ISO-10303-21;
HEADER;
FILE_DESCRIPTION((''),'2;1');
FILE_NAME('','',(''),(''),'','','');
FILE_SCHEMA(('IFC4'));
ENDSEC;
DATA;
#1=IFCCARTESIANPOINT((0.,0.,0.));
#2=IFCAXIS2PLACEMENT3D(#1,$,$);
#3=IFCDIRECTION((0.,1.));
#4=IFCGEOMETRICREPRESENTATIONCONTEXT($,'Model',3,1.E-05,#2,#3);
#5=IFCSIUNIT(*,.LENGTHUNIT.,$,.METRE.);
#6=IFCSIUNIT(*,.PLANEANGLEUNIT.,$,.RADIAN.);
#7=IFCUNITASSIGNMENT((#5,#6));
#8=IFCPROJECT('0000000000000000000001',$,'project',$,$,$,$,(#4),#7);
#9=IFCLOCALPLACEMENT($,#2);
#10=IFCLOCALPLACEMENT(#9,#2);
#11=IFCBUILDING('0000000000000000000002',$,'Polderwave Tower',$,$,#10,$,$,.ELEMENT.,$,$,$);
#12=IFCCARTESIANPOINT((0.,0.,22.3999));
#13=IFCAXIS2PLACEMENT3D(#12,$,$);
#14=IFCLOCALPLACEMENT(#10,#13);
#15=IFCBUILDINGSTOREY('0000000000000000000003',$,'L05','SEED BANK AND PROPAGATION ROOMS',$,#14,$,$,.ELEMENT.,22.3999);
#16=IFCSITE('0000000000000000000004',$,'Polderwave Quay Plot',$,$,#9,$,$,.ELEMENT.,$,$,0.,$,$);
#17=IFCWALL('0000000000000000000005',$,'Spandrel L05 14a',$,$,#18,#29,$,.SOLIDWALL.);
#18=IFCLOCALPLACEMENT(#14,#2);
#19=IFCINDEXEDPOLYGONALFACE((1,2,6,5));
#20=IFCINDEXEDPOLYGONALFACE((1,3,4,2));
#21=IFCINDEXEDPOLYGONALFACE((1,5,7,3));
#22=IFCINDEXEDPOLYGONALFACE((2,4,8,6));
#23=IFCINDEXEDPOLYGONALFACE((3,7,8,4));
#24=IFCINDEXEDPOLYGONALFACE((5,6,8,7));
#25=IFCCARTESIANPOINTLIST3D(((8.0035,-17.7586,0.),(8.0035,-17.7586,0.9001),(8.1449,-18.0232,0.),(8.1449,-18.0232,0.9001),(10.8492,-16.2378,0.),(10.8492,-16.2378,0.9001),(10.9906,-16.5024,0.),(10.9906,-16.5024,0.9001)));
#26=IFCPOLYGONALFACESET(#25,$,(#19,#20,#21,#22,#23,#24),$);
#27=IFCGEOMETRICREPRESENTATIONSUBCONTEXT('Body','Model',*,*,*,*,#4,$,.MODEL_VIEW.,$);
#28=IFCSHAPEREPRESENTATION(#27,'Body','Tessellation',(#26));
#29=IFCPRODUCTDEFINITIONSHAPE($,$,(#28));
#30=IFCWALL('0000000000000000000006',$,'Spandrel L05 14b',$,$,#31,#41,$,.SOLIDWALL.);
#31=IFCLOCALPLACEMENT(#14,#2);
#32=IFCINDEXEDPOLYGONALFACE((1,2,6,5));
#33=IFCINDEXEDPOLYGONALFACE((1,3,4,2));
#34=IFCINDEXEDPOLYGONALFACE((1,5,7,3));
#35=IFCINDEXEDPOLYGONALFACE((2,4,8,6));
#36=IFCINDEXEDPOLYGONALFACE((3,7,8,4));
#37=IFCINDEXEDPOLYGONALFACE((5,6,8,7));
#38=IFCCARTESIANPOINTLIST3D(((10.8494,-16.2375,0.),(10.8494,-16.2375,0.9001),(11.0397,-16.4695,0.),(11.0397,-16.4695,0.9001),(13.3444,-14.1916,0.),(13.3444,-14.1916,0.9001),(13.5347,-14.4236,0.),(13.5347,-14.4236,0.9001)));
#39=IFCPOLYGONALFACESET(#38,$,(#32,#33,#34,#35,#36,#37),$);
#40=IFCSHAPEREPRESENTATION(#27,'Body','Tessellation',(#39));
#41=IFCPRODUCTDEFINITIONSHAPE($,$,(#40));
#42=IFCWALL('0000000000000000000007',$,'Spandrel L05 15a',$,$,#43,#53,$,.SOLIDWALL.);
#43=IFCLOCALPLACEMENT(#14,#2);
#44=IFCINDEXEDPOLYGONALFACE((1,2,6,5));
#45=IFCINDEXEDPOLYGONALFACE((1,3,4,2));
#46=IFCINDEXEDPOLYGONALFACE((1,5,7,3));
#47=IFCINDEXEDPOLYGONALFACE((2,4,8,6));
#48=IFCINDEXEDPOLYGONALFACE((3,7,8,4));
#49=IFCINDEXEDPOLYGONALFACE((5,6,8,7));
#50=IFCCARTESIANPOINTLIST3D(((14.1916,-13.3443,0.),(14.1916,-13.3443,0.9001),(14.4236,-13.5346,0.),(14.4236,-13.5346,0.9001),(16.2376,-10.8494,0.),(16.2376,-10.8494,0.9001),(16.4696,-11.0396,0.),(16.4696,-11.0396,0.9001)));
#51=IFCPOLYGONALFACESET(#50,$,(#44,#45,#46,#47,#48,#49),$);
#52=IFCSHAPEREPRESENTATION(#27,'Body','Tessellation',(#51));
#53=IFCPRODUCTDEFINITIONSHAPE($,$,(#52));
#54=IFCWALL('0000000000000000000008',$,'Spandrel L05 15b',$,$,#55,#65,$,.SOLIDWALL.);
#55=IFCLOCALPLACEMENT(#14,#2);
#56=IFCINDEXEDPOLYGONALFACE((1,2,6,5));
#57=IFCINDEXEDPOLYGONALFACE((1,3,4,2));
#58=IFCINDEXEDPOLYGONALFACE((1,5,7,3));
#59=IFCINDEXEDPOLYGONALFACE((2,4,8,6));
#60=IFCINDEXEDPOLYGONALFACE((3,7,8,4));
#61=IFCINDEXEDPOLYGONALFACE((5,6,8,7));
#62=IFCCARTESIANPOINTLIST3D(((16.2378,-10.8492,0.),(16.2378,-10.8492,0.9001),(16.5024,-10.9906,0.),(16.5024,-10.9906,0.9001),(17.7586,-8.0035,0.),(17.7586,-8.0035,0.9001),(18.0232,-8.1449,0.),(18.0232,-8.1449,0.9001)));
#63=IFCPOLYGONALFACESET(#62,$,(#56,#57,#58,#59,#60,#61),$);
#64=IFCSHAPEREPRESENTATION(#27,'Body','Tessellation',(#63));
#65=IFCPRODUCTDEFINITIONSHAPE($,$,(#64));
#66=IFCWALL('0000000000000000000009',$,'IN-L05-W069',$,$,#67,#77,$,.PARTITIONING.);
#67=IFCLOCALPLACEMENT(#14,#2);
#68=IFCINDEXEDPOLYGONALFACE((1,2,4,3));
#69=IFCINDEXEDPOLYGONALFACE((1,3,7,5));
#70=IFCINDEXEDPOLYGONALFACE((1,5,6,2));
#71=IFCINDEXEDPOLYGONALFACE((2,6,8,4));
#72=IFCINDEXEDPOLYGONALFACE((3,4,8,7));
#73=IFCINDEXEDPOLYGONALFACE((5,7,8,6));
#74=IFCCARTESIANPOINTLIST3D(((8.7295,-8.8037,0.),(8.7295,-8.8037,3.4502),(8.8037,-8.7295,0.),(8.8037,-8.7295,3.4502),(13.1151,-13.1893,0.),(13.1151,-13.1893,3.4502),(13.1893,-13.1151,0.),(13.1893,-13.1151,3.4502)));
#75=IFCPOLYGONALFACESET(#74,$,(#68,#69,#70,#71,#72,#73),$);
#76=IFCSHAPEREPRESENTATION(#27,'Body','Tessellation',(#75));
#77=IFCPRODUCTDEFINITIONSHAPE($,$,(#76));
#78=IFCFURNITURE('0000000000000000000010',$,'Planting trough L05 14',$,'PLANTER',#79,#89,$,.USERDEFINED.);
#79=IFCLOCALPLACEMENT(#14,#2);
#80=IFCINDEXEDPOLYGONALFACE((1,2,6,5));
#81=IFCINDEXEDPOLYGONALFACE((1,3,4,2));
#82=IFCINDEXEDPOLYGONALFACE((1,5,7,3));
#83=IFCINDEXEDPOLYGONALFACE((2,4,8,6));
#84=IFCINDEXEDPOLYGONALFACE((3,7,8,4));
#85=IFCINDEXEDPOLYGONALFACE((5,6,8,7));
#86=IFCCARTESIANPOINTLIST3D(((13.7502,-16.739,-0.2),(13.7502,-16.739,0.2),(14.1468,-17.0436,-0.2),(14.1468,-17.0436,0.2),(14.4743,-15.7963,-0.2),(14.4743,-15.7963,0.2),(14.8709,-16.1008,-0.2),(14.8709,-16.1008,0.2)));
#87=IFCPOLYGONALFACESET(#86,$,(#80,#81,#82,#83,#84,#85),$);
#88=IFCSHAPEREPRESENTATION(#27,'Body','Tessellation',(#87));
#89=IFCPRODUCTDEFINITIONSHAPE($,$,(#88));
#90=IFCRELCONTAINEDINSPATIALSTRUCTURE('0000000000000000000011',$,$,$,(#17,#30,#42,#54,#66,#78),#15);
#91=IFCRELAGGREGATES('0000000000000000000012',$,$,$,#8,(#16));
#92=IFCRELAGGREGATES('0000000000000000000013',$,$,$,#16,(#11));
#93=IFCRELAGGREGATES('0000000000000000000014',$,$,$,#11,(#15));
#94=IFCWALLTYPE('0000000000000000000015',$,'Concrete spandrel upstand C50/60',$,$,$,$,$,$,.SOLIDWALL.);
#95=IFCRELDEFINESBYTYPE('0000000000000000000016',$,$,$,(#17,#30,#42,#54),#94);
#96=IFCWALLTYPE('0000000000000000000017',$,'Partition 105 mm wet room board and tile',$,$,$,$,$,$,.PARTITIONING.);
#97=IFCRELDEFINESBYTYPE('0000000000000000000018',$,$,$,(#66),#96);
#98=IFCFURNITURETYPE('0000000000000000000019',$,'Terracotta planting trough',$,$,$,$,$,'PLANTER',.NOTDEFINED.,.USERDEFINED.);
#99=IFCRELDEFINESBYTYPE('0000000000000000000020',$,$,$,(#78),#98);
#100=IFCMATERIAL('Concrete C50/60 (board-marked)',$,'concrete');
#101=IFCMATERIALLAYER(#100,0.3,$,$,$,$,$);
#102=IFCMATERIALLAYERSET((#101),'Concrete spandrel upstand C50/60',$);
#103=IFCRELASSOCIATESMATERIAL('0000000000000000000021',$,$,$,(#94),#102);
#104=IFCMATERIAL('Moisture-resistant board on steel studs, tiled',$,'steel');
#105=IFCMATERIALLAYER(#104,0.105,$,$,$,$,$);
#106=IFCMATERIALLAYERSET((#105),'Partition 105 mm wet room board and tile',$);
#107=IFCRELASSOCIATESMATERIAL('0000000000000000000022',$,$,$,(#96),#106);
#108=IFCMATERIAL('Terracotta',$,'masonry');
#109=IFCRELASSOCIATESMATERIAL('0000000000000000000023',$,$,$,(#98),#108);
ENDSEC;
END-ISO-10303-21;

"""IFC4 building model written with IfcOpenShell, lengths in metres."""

from ifc_helpers import new_model, si_unit, direction, frame, frame_2d, origin, origin_2d, place, context, subcontext, project, spatial, rectangle, extrude, material, layer, layer_set, type_object, element, save


model = new_model("IFC4")

# Units and contexts
model_context = context("Model", 3, precision=1e-05, world=origin(), true_north=direction((0.0, 1.0)))
body_context = subcontext(model_context, "Body", "Model", "MODEL_VIEW")
ifc_project = project(units=[si_unit("LENGTHUNIT", "METRE"), si_unit("PLANEANGLEUNIT", "RADIAN")], contexts=[model_context])

# Site, building, storey
site_placement = place(None, origin())
site = spatial("IfcSite", under=ifc_project, at=site_placement, Name="Polderwave Quay Plot", CompositionType="ELEMENT", RefElevation=0.0)
building_placement = place(site_placement, origin())
building = spatial("IfcBuilding", under=site, at=building_placement, Name="Polderwave Tower", CompositionType="ELEMENT")
storey_placement = place(building_placement, frame((0.0, 0.0, 22.3999)))
storey = spatial("IfcBuildingStorey", under=building, at=storey_placement, Name="L05", Description="SEED BANK AND PROPAGATION ROOMS", CompositionType="ELEMENT", Elevation=22.3999)

# Walls
ifc_material_1 = material(Name="Concrete C50/60 (board-marked)", Category="concrete")
ifc_layer_1 = layer(ifc_material_1, 0.3)
ifc_layer_set_1 = layer_set([ifc_layer_1], Name="Concrete spandrel upstand C50/60")
wall_type_1 = type_object("IfcWallType", Name="Concrete spandrel upstand C50/60", PredefinedType="SOLIDWALL", material=ifc_layer_set_1)
for number, where, z_axis, x_axis, name in (
    (1, (8.0742, -17.8909, 0.0), (0.0, 0.0, 1.0), (0.881961, 0.471322, 0.0), "Spandrel L05 14a"),
    (2, (10.9446, -16.3535, 0.0), (0.0, 0.0, 1.0), (0.773252, 0.634099, 0.0), "Spandrel L05 14b"),
    (3, (14.3076, -13.4395, 0.0), (0.0, 0.0, 1.0), (0.634099, 0.773252, 0.0), "Spandrel L05 15a"),
    (4, (16.3701, -10.9199, 0.0), (0.0, 0.0, 1.0), (0.471322, 0.881961, 0.0), "Spandrel L05 15b"),
):
    element("IfcWall", number, at=place(storey_placement, frame(where, z_axis=z_axis, x_axis=x_axis)), inside=storey, type_object=wall_type_1, Name=name, PredefinedType="SOLIDWALL", context=body_context, shape_type="SweptSolid", body=[
        extrude(rectangle(XDim=3.2266, YDim=0.3, at=frame_2d((1.6133, 0.0))), origin(), (0.0, 0.0, 1.0), 0.9001),
    ])
ifc_material_2 = material(Name="Moisture-resistant board on steel studs, tiled", Category="steel")
ifc_layer_2 = layer(ifc_material_2, 0.105)
ifc_layer_set_2 = layer_set([ifc_layer_2], Name="Partition 105 mm wet room board and tile")
wall_type_2 = type_object("IfcWallType", Name="Partition 105 mm wet room board and tile", PredefinedType="PARTITIONING", material=ifc_layer_set_2)
wall_placement = place(storey_placement, frame((8.7666, -8.7666, 0.0), z_axis=(0.0, 0.0, 1.0), x_axis=(0.707107, -0.707107, 0.0)))
element("IfcWall", 5, at=wall_placement, inside=storey, type_object=wall_type_2, Name="IN-L05-W069", PredefinedType="PARTITIONING", context=body_context, shape_type="SweptSolid", body=[
    extrude(rectangle(XDim=6.2021, YDim=0.105, at=frame_2d((3.1011, 0.0))), origin(), (0.0, 0.0, 1.0), 3.4502),
])

# Furniture
ifc_material_3 = material(Name="Terracotta", Category="masonry")
furniture_type = type_object("IfcFurnitureType", Name="Terracotta planting trough", ElementType="PLANTER", AssemblyPlace="NOTDEFINED", PredefinedType="USERDEFINED", material=ifc_material_3)
furniture_placement = place(storey_placement, frame((14.3105, -16.4199, -0.2), z_axis=(0.0, 0.0, 1.0), x_axis=(0.609144, 0.79306, 0.0)))
element("IfcFurniture", 6, at=furniture_placement, inside=storey, type_object=furniture_type, Name="Planting trough L05 14", ObjectType="PLANTER", PredefinedType="USERDEFINED", context=body_context, shape_type="SweptSolid", body=[
    extrude(rectangle(XDim=1.1887, YDim=0.5, at=origin_2d()), origin(), (0.0, 0.0, 1.0), 0.3999),
])

save(model, "model.ifc")
